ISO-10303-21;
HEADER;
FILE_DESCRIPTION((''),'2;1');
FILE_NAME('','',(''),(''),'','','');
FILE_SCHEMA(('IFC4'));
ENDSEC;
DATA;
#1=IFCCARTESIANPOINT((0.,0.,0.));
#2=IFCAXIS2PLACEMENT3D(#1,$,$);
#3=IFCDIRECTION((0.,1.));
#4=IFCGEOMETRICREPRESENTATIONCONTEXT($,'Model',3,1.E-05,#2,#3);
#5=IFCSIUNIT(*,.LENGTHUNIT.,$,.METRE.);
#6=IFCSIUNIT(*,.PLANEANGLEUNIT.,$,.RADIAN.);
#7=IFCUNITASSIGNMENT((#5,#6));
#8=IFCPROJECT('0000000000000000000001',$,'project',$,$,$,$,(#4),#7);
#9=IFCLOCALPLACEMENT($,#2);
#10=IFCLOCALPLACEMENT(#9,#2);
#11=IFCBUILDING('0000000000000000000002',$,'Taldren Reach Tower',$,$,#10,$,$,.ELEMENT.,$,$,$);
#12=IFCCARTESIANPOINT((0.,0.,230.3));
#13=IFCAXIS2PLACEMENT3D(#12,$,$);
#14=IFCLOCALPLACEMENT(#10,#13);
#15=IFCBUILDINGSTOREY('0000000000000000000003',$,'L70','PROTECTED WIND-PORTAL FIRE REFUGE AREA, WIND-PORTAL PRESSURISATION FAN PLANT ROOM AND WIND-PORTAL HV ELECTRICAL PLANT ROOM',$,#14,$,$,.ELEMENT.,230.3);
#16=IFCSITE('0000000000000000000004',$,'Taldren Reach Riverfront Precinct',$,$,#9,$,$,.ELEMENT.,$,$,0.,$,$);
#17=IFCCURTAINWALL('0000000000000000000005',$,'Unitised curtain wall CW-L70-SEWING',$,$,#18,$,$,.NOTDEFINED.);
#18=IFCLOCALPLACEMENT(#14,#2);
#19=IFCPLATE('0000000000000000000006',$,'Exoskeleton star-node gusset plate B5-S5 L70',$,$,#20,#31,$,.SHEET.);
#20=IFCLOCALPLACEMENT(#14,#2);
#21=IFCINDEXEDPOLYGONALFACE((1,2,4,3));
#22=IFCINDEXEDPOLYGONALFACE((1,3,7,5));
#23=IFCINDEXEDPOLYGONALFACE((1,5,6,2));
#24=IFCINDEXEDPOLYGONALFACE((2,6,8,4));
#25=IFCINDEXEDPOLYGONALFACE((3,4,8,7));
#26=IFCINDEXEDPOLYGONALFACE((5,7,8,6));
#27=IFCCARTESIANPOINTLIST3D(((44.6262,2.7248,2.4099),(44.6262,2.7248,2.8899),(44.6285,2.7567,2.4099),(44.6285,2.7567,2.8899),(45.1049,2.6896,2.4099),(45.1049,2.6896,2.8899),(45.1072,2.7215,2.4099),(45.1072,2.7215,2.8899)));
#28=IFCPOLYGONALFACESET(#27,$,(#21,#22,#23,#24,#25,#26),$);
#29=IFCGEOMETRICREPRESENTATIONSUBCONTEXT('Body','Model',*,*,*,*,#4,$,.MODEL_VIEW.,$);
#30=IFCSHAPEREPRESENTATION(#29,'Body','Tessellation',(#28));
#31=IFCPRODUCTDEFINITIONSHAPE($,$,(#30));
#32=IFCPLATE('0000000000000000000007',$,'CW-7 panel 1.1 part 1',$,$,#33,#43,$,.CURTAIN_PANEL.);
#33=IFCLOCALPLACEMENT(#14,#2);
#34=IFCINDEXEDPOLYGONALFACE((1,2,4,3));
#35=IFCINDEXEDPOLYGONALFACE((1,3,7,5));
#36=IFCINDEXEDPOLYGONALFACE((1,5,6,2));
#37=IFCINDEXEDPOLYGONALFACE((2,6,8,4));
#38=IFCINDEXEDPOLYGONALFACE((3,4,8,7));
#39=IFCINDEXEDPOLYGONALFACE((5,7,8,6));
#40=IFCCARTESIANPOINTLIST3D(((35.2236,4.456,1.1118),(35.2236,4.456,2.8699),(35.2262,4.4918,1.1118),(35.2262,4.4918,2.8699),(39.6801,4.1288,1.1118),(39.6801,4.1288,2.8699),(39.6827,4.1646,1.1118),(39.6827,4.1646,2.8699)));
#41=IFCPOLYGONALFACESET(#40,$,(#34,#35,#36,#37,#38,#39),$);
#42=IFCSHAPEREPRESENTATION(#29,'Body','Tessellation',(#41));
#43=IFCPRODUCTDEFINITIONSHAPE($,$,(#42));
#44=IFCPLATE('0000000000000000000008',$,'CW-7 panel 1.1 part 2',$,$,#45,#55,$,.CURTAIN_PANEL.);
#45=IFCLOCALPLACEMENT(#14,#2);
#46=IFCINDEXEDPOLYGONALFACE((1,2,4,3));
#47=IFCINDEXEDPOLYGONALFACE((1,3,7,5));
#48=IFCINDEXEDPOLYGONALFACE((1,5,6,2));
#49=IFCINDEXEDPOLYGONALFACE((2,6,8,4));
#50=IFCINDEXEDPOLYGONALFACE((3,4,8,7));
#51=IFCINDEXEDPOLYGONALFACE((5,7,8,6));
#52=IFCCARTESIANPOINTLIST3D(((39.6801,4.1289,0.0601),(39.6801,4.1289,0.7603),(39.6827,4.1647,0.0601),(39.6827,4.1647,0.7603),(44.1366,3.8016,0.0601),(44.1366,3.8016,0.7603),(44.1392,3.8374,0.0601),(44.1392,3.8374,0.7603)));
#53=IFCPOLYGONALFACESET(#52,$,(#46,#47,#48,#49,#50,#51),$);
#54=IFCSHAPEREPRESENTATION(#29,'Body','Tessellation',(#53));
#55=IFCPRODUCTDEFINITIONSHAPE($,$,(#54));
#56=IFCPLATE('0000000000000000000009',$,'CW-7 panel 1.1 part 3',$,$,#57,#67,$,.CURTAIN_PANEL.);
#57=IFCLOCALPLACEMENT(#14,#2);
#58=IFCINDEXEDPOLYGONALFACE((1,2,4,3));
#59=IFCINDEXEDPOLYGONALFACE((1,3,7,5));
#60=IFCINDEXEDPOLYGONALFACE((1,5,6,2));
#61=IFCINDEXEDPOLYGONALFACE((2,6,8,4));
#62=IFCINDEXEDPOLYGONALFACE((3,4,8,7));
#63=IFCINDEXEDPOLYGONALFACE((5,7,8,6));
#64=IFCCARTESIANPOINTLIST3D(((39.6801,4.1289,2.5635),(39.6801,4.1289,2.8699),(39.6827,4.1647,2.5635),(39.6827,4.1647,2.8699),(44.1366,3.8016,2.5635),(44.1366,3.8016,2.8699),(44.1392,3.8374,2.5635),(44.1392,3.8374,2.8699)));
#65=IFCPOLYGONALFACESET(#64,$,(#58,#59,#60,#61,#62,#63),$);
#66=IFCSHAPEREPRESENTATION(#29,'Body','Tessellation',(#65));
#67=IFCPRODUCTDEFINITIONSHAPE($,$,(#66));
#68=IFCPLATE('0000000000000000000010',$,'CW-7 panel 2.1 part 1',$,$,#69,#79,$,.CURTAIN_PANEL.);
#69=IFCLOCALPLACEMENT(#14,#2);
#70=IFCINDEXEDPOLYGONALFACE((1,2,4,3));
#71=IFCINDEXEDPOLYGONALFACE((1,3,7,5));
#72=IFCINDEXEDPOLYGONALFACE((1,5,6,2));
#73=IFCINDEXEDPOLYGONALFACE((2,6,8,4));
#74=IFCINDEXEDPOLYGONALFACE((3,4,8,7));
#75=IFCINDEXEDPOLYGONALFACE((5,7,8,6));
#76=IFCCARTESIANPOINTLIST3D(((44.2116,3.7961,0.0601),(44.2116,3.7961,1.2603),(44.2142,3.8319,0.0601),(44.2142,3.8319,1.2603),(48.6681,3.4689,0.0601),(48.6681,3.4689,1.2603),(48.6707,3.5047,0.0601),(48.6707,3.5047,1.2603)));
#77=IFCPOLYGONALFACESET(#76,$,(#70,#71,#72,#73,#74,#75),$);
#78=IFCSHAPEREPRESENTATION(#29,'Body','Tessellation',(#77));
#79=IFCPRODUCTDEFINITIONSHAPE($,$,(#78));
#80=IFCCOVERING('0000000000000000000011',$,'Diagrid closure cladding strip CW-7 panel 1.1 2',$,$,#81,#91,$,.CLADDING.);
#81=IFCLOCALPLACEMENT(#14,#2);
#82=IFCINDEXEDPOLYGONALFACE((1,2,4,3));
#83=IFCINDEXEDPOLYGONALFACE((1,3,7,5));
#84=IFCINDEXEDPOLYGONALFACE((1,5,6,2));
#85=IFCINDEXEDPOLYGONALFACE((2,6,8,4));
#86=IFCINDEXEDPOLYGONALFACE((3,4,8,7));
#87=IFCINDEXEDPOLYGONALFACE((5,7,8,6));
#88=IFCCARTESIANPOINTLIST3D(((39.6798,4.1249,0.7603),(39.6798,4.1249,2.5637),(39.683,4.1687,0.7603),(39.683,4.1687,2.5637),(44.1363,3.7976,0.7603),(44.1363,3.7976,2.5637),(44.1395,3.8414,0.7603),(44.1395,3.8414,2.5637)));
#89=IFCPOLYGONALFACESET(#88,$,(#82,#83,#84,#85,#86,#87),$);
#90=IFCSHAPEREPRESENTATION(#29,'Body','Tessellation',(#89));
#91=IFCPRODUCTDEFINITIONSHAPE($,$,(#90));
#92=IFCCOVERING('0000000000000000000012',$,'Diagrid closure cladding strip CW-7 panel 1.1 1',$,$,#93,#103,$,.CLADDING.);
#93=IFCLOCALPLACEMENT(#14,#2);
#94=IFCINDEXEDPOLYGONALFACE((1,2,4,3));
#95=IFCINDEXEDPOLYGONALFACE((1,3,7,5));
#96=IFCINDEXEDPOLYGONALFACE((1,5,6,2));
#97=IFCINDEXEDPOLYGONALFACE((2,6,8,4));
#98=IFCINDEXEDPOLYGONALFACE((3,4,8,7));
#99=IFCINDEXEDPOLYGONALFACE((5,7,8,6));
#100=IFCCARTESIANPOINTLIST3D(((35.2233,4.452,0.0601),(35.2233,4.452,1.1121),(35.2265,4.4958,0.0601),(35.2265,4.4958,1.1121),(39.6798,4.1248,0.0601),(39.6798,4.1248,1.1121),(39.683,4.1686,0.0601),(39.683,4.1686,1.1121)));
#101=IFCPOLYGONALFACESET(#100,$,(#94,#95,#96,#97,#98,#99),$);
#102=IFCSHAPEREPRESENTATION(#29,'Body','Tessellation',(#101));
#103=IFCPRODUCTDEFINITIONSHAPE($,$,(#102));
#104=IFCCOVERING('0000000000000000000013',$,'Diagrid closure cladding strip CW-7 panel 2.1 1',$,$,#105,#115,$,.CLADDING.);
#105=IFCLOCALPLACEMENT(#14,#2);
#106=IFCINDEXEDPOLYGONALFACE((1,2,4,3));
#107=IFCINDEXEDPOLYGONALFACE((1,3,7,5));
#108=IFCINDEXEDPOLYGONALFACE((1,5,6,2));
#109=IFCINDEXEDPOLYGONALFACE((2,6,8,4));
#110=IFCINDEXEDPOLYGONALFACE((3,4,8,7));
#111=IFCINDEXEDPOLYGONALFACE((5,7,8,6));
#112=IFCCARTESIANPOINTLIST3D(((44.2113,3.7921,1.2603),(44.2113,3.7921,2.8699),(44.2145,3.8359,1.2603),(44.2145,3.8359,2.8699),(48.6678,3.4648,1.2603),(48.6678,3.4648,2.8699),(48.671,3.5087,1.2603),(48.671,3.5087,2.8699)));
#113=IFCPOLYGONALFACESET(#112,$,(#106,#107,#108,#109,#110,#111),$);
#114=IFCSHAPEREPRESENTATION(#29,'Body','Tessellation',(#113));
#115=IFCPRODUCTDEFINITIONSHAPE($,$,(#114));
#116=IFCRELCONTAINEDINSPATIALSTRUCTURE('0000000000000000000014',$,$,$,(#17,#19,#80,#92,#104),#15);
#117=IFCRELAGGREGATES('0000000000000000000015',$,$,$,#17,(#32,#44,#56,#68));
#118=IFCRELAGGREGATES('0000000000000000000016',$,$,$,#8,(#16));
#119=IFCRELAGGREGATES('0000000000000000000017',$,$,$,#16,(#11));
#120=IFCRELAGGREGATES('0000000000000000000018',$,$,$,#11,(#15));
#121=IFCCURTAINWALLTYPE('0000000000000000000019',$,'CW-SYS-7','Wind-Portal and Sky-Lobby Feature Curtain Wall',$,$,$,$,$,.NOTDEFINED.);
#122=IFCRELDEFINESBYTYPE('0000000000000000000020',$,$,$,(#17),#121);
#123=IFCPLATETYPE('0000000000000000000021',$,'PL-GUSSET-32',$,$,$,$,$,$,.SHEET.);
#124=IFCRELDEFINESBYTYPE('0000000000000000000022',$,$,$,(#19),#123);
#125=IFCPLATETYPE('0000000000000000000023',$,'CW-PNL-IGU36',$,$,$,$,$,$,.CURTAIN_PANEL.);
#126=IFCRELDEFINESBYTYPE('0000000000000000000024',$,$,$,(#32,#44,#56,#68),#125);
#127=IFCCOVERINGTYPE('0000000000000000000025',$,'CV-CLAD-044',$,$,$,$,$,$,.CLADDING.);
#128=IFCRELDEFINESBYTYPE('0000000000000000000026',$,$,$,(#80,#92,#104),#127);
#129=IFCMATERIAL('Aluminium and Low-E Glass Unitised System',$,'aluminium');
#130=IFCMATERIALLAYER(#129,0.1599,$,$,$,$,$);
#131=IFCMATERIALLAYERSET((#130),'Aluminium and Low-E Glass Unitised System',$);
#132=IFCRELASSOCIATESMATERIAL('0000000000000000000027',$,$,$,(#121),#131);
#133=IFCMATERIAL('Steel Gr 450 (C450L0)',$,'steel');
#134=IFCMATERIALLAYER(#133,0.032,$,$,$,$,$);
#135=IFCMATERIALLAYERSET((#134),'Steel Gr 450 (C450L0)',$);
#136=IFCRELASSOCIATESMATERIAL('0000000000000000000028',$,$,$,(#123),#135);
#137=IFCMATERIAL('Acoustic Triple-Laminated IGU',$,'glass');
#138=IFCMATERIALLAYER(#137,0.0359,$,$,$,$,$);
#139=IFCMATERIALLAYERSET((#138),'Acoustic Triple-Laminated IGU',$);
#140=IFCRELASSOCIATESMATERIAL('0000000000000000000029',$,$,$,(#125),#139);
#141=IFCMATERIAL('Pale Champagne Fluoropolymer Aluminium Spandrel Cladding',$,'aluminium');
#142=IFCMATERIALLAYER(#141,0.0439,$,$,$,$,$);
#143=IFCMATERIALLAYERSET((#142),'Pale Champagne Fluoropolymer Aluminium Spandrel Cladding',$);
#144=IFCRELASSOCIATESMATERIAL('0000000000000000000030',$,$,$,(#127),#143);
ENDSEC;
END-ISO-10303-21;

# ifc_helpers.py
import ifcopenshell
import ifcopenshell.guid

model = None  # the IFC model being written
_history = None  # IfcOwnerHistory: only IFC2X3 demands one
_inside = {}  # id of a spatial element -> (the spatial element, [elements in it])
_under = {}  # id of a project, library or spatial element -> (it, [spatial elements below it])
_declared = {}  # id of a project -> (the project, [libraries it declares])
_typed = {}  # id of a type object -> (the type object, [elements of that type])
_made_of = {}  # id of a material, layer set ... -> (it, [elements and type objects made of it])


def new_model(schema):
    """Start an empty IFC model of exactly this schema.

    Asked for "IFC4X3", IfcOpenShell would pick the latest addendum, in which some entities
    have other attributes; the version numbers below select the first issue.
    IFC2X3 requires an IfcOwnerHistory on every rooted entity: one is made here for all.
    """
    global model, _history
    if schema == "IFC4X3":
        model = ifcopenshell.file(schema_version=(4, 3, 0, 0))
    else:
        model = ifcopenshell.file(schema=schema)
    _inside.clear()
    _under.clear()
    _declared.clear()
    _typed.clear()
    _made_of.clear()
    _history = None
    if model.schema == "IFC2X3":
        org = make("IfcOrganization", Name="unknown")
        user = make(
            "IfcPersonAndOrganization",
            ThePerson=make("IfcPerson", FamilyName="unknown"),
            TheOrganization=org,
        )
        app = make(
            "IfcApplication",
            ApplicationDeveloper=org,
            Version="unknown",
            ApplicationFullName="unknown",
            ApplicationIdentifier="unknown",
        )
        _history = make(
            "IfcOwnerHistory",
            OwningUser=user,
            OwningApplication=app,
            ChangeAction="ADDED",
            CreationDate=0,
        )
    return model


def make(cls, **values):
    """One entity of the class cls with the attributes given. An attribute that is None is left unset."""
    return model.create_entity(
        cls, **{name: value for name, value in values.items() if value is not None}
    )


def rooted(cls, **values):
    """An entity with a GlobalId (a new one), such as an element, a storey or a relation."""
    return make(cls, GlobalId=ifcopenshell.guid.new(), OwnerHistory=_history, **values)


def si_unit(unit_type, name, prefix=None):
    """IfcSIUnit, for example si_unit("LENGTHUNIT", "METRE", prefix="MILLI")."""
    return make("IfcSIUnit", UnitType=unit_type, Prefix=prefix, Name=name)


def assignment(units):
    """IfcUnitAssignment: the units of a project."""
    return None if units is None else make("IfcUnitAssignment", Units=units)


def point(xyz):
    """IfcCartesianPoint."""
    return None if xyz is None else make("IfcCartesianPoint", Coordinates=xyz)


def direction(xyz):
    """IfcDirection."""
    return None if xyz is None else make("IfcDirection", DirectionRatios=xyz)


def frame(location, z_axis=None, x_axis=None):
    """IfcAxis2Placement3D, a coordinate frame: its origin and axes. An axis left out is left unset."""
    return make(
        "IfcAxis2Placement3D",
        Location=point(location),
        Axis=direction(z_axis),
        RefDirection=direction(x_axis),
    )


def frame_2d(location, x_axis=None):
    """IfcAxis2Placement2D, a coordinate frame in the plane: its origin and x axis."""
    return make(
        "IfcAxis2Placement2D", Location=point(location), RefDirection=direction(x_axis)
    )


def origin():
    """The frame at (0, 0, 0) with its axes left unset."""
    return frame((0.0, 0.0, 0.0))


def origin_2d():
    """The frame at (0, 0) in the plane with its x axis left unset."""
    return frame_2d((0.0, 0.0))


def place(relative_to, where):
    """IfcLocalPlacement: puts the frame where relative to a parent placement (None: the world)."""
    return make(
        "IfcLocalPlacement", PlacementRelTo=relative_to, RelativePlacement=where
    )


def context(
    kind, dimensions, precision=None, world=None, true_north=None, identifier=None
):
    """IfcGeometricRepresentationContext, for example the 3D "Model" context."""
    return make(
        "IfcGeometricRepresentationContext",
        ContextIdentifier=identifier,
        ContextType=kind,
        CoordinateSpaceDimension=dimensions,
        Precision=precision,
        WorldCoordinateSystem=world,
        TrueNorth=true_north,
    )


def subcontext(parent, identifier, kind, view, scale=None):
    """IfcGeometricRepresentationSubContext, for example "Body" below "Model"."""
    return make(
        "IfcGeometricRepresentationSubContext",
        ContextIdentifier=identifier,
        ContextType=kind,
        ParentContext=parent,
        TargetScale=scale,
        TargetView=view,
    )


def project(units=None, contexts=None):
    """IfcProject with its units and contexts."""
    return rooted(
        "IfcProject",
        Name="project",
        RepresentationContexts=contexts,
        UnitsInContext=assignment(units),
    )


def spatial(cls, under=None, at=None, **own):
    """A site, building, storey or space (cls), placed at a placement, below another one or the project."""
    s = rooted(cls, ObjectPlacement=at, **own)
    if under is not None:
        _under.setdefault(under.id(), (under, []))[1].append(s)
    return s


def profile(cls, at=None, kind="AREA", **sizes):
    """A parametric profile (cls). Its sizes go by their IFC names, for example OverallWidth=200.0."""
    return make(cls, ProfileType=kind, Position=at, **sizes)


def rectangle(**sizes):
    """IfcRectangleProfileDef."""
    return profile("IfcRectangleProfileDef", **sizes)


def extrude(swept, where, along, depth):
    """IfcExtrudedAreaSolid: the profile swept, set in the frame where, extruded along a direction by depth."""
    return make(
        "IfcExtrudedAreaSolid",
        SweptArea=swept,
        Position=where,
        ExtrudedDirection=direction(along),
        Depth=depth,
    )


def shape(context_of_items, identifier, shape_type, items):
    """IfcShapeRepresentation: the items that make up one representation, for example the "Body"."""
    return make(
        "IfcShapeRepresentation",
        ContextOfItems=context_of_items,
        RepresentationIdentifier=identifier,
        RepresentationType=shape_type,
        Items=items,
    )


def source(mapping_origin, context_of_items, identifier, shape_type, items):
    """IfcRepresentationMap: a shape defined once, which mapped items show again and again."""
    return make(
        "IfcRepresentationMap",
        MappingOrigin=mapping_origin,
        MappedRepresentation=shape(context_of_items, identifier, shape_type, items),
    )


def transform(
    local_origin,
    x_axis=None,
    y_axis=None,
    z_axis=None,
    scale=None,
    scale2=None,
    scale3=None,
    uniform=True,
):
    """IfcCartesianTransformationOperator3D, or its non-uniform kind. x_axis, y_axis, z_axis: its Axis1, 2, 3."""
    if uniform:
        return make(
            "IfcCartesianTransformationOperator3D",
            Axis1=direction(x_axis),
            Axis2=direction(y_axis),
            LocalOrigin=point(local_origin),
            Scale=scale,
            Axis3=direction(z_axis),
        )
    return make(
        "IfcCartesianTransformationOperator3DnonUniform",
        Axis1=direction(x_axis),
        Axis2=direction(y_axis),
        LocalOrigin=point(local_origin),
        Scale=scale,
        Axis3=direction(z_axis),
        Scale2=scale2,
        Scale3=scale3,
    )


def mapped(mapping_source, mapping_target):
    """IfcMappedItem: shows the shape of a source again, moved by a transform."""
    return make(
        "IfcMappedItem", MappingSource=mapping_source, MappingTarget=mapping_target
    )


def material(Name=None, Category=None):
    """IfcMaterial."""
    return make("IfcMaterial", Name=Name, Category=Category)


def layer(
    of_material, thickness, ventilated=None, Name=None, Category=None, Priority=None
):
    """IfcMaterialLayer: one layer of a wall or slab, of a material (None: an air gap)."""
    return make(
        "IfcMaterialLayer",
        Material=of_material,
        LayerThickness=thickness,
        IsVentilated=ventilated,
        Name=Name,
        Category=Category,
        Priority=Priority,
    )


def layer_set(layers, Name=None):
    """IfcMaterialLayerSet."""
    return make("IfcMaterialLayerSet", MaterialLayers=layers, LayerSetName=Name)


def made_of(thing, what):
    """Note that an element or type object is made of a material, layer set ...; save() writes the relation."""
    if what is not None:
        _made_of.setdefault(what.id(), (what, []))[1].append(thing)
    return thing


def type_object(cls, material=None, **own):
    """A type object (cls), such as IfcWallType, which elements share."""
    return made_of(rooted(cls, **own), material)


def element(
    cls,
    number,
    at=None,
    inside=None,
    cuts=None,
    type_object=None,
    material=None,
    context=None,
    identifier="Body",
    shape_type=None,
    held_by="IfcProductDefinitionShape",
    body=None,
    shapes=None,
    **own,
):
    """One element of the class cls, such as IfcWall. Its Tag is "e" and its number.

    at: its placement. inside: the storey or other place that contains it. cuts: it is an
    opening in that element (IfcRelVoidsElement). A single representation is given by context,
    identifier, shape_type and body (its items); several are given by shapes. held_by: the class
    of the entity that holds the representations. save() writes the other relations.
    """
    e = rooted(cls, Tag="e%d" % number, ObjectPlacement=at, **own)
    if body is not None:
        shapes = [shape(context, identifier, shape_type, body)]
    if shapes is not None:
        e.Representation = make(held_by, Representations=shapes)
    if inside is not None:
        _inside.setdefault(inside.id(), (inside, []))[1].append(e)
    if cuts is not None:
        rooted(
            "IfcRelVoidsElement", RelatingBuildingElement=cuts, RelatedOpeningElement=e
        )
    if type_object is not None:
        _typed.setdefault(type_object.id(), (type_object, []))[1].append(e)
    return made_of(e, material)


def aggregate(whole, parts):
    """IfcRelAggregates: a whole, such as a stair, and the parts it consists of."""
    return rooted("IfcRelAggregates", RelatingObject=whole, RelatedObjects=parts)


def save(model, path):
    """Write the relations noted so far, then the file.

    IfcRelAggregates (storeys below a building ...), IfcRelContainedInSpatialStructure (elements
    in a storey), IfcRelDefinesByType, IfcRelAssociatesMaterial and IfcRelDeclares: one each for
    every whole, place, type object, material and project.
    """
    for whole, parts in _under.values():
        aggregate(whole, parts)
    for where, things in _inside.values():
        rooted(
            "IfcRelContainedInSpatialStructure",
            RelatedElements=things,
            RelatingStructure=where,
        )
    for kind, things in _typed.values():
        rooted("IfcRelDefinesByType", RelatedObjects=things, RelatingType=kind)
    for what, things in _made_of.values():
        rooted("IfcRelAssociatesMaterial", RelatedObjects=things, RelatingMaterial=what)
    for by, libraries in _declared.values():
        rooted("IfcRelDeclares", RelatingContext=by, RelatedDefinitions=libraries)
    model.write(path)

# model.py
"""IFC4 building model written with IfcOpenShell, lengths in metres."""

from ifc_helpers import new_model, si_unit, direction, frame, origin, origin_2d, place, context, subcontext, project, spatial, rectangle, extrude, source, transform, mapped, material, layer, layer_set, type_object, element, aggregate, save


model = new_model("IFC4")

# Units and contexts
model_context = context("Model", 3, precision=1e-05, world=origin(), true_north=direction((0.0, 1.0)))
body_context = subcontext(model_context, "Body", "Model", "MODEL_VIEW")
ifc_project = project(units=[si_unit("LENGTHUNIT", "METRE"), si_unit("PLANEANGLEUNIT", "RADIAN")], contexts=[model_context])

# Site, building, storey
site_placement = place(None, origin())
site = spatial("IfcSite", under=ifc_project, at=site_placement, Name="Taldren Reach Riverfront Precinct", CompositionType="ELEMENT", RefElevation=0.0)
building_placement = place(site_placement, origin())
building = spatial("IfcBuilding", under=site, at=building_placement, Name="Taldren Reach Tower", CompositionType="ELEMENT")
storey_placement = place(building_placement, frame((0.0, 0.0, 230.3)))
storey = spatial("IfcBuildingStorey", under=building, at=storey_placement, Name="L70", Description="PROTECTED WIND-PORTAL FIRE REFUGE AREA, WIND-PORTAL PRESSURISATION FAN PLANT ROOM AND WIND-PORTAL HV ELECTRICAL PLANT ROOM", CompositionType="ELEMENT", Elevation=230.3)

# Shared definitions
ifc_material_1 = material(Name="Steel Gr 450 (C450L0)", Category="steel")

# Curtain wall
ifc_material_2 = material(Name="Aluminium and Low-E Glass Unitised System", Category="aluminium")
ifc_layer_1 = layer(ifc_material_2, 0.1599)
ifc_layer_set_1 = layer_set([ifc_layer_1], Name="Aluminium and Low-E Glass Unitised System")
curtain_wall_type = type_object("IfcCurtainWallType", Name="CW-SYS-7", Description="Wind-Portal and Sky-Lobby Feature Curtain Wall", PredefinedType="NOTDEFINED", material=ifc_layer_set_1)
curtain_wall_1_placement = place(storey_placement, origin())
curtain_wall_1 = element("IfcCurtainWall", 1, at=curtain_wall_1_placement, inside=storey, type_object=curtain_wall_type, Name="Unitised curtain wall CW-L70-SEWING", PredefinedType="NOTDEFINED")

# Plate
ifc_layer_2 = layer(ifc_material_1, 0.032)
ifc_layer_set_2 = layer_set([ifc_layer_2], Name="Steel Gr 450 (C450L0)")
plate_type_1 = type_object("IfcPlateType", Name="PL-GUSSET-32", PredefinedType="SHEET", material=ifc_layer_set_2)
shared_shape_1 = source(origin(), body_context, "Body", "SweptSolid", [
    extrude(rectangle(XDim=0.48, YDim=0.032, at=origin_2d()), origin(), (0.0, 0.0, 1.0), 0.48),
])
for number, where, z_axis, x_axis, name in (
    (2, (44.8667, 2.7231, 2.4099), (0.0, 0.0, 1.0), (0.997314, -0.073238, 0.0), "Exoskeleton star-node gusset plate B5-S5 L70"),
):
    element("IfcPlate", number, at=place(storey_placement, frame(where, z_axis=z_axis, x_axis=x_axis)), inside=storey, type_object=plate_type_1, Name=name, PredefinedType="SHEET", context=body_context, shape_type="MappedRepresentation", body=[
        mapped(shared_shape_1, transform((0.0, 0.0, 0.0), scale=1.0)),
    ])

# Plates
ifc_material_3 = material(Name="Acoustic Triple-Laminated IGU", Category="glass")
ifc_layer_3 = layer(ifc_material_3, 0.0359)
ifc_layer_set_3 = layer_set([ifc_layer_3], Name="Acoustic Triple-Laminated IGU")
plate_type_2 = type_object("IfcPlateType", Name="CW-PNL-IGU36", PredefinedType="CURTAIN_PANEL", material=ifc_layer_set_3)
shared_shape_2 = source(origin(), body_context, "Body", "SweptSolid", [
    extrude(rectangle(XDim=4.4685, YDim=0.0359, at=origin_2d()), origin(), (0.0, 0.0, 1.0), 1.7581),
])
plate_1_placement = place(storey_placement, frame((37.4531, 4.3103, 1.1118), z_axis=(0.0, 0.0, 1.0), x_axis=(0.997314, -0.073238, 0.0)))
plate_1 = element("IfcPlate", 3, at=plate_1_placement, type_object=plate_type_2, Name="CW-7 panel 1.1 part 1", PredefinedType="CURTAIN_PANEL", context=body_context, shape_type="MappedRepresentation", body=[
    mapped(shared_shape_2, transform((0.0, 0.0, 0.0), scale=1.0)),
])
shared_shape_3 = source(origin(), body_context, "Body", "SweptSolid", [
    extrude(rectangle(XDim=4.4685, YDim=0.0359, at=origin_2d()), origin(), (0.0, 0.0, 1.0), 0.7002),
])
plate_2_placement = place(storey_placement, frame((41.9097, 3.9832, 0.0601), z_axis=(0.0, 0.0, 1.0), x_axis=(0.997314, -0.073238, 0.0)))
plate_2 = element("IfcPlate", 4, at=plate_2_placement, type_object=plate_type_2, Name="CW-7 panel 1.1 part 2", PredefinedType="CURTAIN_PANEL", context=body_context, shape_type="MappedRepresentation", body=[
    mapped(shared_shape_3, transform((0.0, 0.0, 0.0), scale=1.0)),
])
shared_shape_4 = source(origin(), body_context, "Body", "SweptSolid", [
    extrude(rectangle(XDim=4.4685, YDim=0.0359, at=origin_2d()), origin(), (0.0, 0.0, 1.0), 0.3064),
])
plate_3_placement = place(storey_placement, frame((41.9097, 3.9832, 2.5635), z_axis=(0.0, 0.0, 1.0), x_axis=(0.997314, -0.073238, 0.0)))
plate_3 = element("IfcPlate", 5, at=plate_3_placement, type_object=plate_type_2, Name="CW-7 panel 1.1 part 3", PredefinedType="CURTAIN_PANEL", context=body_context, shape_type="MappedRepresentation", body=[
    mapped(shared_shape_4, transform((0.0, 0.0, 0.0), scale=1.0)),
])
shared_shape_5 = source(origin(), body_context, "Body", "SweptSolid", [
    extrude(rectangle(XDim=4.4685, YDim=0.0359, at=origin_2d()), origin(), (0.0, 0.0, 1.0), 1.2002),
])
plate_4_placement = place(storey_placement, frame((46.4412, 3.6504, 0.0601), z_axis=(0.0, 0.0, 1.0), x_axis=(0.997314, -0.073238, 0.0)))
plate_4 = element("IfcPlate", 6, at=plate_4_placement, type_object=plate_type_2, Name="CW-7 panel 2.1 part 1", PredefinedType="CURTAIN_PANEL", context=body_context, shape_type="MappedRepresentation", body=[
    mapped(shared_shape_5, transform((0.0, 0.0, 0.0), scale=1.0)),
])
aggregate(curtain_wall_1, [plate_1, plate_2, plate_3, plate_4])

# Coverings
ifc_material_4 = material(Name="Pale Champagne Fluoropolymer Aluminium Spandrel Cladding", Category="aluminium")
ifc_layer_4 = layer(ifc_material_4, 0.0439)
ifc_layer_set_4 = layer_set([ifc_layer_4], Name="Pale Champagne Fluoropolymer Aluminium Spandrel Cladding")
covering_type = type_object("IfcCoveringType", Name="CV-CLAD-044", PredefinedType="CLADDING", material=ifc_layer_set_4)
shared_shape_6 = source(origin(), body_context, "Body", "SweptSolid", [
    extrude(rectangle(XDim=4.4685, YDim=0.0439, at=origin_2d()), origin(), (0.0, 0.0, 1.0), 1.8035),
])
covering_1_placement = place(storey_placement, frame((41.9097, 3.9832, 0.7603), z_axis=(0.0, 0.0, 1.0), x_axis=(0.997314, -0.073238, 0.0)))
element("IfcCovering", 7, at=covering_1_placement, inside=storey, type_object=covering_type, Name="Diagrid closure cladding strip CW-7 panel 1.1 2", PredefinedType="CLADDING", context=body_context, shape_type="MappedRepresentation", body=[
    mapped(shared_shape_6, transform((0.0, 0.0, 0.0), scale=1.0)),
])
shared_shape_7 = source(origin(), body_context, "Body", "SweptSolid", [
    extrude(rectangle(XDim=4.4685, YDim=0.0439, at=origin_2d()), origin(), (0.0, 0.0, 1.0), 1.052),
])
covering_2_placement = place(storey_placement, frame((37.4531, 4.3103, 0.0601), z_axis=(0.0, 0.0, 1.0), x_axis=(0.997314, -0.073238, 0.0)))
element("IfcCovering", 8, at=covering_2_placement, inside=storey, type_object=covering_type, Name="Diagrid closure cladding strip CW-7 panel 1.1 1", PredefinedType="CLADDING", context=body_context, shape_type="MappedRepresentation", body=[
    mapped(shared_shape_7, transform((0.0, 0.0, 0.0), scale=1.0)),
])
shared_shape_8 = source(origin(), body_context, "Body", "SweptSolid", [
    extrude(rectangle(XDim=4.4685, YDim=0.0439, at=origin_2d()), origin(), (0.0, 0.0, 1.0), 1.6096),
])
covering_3_placement = place(storey_placement, frame((46.4412, 3.6504, 1.2603), z_axis=(0.0, 0.0, 1.0), x_axis=(0.997314, -0.073238, 0.0)))
element("IfcCovering", 9, at=covering_3_placement, inside=storey, type_object=covering_type, Name="Diagrid closure cladding strip CW-7 panel 2.1 1", PredefinedType="CLADDING", context=body_context, shape_type="MappedRepresentation", body=[
    mapped(shared_shape_8, transform((0.0, 0.0, 0.0), scale=1.0)),
])

save(model, "model.ifc")
